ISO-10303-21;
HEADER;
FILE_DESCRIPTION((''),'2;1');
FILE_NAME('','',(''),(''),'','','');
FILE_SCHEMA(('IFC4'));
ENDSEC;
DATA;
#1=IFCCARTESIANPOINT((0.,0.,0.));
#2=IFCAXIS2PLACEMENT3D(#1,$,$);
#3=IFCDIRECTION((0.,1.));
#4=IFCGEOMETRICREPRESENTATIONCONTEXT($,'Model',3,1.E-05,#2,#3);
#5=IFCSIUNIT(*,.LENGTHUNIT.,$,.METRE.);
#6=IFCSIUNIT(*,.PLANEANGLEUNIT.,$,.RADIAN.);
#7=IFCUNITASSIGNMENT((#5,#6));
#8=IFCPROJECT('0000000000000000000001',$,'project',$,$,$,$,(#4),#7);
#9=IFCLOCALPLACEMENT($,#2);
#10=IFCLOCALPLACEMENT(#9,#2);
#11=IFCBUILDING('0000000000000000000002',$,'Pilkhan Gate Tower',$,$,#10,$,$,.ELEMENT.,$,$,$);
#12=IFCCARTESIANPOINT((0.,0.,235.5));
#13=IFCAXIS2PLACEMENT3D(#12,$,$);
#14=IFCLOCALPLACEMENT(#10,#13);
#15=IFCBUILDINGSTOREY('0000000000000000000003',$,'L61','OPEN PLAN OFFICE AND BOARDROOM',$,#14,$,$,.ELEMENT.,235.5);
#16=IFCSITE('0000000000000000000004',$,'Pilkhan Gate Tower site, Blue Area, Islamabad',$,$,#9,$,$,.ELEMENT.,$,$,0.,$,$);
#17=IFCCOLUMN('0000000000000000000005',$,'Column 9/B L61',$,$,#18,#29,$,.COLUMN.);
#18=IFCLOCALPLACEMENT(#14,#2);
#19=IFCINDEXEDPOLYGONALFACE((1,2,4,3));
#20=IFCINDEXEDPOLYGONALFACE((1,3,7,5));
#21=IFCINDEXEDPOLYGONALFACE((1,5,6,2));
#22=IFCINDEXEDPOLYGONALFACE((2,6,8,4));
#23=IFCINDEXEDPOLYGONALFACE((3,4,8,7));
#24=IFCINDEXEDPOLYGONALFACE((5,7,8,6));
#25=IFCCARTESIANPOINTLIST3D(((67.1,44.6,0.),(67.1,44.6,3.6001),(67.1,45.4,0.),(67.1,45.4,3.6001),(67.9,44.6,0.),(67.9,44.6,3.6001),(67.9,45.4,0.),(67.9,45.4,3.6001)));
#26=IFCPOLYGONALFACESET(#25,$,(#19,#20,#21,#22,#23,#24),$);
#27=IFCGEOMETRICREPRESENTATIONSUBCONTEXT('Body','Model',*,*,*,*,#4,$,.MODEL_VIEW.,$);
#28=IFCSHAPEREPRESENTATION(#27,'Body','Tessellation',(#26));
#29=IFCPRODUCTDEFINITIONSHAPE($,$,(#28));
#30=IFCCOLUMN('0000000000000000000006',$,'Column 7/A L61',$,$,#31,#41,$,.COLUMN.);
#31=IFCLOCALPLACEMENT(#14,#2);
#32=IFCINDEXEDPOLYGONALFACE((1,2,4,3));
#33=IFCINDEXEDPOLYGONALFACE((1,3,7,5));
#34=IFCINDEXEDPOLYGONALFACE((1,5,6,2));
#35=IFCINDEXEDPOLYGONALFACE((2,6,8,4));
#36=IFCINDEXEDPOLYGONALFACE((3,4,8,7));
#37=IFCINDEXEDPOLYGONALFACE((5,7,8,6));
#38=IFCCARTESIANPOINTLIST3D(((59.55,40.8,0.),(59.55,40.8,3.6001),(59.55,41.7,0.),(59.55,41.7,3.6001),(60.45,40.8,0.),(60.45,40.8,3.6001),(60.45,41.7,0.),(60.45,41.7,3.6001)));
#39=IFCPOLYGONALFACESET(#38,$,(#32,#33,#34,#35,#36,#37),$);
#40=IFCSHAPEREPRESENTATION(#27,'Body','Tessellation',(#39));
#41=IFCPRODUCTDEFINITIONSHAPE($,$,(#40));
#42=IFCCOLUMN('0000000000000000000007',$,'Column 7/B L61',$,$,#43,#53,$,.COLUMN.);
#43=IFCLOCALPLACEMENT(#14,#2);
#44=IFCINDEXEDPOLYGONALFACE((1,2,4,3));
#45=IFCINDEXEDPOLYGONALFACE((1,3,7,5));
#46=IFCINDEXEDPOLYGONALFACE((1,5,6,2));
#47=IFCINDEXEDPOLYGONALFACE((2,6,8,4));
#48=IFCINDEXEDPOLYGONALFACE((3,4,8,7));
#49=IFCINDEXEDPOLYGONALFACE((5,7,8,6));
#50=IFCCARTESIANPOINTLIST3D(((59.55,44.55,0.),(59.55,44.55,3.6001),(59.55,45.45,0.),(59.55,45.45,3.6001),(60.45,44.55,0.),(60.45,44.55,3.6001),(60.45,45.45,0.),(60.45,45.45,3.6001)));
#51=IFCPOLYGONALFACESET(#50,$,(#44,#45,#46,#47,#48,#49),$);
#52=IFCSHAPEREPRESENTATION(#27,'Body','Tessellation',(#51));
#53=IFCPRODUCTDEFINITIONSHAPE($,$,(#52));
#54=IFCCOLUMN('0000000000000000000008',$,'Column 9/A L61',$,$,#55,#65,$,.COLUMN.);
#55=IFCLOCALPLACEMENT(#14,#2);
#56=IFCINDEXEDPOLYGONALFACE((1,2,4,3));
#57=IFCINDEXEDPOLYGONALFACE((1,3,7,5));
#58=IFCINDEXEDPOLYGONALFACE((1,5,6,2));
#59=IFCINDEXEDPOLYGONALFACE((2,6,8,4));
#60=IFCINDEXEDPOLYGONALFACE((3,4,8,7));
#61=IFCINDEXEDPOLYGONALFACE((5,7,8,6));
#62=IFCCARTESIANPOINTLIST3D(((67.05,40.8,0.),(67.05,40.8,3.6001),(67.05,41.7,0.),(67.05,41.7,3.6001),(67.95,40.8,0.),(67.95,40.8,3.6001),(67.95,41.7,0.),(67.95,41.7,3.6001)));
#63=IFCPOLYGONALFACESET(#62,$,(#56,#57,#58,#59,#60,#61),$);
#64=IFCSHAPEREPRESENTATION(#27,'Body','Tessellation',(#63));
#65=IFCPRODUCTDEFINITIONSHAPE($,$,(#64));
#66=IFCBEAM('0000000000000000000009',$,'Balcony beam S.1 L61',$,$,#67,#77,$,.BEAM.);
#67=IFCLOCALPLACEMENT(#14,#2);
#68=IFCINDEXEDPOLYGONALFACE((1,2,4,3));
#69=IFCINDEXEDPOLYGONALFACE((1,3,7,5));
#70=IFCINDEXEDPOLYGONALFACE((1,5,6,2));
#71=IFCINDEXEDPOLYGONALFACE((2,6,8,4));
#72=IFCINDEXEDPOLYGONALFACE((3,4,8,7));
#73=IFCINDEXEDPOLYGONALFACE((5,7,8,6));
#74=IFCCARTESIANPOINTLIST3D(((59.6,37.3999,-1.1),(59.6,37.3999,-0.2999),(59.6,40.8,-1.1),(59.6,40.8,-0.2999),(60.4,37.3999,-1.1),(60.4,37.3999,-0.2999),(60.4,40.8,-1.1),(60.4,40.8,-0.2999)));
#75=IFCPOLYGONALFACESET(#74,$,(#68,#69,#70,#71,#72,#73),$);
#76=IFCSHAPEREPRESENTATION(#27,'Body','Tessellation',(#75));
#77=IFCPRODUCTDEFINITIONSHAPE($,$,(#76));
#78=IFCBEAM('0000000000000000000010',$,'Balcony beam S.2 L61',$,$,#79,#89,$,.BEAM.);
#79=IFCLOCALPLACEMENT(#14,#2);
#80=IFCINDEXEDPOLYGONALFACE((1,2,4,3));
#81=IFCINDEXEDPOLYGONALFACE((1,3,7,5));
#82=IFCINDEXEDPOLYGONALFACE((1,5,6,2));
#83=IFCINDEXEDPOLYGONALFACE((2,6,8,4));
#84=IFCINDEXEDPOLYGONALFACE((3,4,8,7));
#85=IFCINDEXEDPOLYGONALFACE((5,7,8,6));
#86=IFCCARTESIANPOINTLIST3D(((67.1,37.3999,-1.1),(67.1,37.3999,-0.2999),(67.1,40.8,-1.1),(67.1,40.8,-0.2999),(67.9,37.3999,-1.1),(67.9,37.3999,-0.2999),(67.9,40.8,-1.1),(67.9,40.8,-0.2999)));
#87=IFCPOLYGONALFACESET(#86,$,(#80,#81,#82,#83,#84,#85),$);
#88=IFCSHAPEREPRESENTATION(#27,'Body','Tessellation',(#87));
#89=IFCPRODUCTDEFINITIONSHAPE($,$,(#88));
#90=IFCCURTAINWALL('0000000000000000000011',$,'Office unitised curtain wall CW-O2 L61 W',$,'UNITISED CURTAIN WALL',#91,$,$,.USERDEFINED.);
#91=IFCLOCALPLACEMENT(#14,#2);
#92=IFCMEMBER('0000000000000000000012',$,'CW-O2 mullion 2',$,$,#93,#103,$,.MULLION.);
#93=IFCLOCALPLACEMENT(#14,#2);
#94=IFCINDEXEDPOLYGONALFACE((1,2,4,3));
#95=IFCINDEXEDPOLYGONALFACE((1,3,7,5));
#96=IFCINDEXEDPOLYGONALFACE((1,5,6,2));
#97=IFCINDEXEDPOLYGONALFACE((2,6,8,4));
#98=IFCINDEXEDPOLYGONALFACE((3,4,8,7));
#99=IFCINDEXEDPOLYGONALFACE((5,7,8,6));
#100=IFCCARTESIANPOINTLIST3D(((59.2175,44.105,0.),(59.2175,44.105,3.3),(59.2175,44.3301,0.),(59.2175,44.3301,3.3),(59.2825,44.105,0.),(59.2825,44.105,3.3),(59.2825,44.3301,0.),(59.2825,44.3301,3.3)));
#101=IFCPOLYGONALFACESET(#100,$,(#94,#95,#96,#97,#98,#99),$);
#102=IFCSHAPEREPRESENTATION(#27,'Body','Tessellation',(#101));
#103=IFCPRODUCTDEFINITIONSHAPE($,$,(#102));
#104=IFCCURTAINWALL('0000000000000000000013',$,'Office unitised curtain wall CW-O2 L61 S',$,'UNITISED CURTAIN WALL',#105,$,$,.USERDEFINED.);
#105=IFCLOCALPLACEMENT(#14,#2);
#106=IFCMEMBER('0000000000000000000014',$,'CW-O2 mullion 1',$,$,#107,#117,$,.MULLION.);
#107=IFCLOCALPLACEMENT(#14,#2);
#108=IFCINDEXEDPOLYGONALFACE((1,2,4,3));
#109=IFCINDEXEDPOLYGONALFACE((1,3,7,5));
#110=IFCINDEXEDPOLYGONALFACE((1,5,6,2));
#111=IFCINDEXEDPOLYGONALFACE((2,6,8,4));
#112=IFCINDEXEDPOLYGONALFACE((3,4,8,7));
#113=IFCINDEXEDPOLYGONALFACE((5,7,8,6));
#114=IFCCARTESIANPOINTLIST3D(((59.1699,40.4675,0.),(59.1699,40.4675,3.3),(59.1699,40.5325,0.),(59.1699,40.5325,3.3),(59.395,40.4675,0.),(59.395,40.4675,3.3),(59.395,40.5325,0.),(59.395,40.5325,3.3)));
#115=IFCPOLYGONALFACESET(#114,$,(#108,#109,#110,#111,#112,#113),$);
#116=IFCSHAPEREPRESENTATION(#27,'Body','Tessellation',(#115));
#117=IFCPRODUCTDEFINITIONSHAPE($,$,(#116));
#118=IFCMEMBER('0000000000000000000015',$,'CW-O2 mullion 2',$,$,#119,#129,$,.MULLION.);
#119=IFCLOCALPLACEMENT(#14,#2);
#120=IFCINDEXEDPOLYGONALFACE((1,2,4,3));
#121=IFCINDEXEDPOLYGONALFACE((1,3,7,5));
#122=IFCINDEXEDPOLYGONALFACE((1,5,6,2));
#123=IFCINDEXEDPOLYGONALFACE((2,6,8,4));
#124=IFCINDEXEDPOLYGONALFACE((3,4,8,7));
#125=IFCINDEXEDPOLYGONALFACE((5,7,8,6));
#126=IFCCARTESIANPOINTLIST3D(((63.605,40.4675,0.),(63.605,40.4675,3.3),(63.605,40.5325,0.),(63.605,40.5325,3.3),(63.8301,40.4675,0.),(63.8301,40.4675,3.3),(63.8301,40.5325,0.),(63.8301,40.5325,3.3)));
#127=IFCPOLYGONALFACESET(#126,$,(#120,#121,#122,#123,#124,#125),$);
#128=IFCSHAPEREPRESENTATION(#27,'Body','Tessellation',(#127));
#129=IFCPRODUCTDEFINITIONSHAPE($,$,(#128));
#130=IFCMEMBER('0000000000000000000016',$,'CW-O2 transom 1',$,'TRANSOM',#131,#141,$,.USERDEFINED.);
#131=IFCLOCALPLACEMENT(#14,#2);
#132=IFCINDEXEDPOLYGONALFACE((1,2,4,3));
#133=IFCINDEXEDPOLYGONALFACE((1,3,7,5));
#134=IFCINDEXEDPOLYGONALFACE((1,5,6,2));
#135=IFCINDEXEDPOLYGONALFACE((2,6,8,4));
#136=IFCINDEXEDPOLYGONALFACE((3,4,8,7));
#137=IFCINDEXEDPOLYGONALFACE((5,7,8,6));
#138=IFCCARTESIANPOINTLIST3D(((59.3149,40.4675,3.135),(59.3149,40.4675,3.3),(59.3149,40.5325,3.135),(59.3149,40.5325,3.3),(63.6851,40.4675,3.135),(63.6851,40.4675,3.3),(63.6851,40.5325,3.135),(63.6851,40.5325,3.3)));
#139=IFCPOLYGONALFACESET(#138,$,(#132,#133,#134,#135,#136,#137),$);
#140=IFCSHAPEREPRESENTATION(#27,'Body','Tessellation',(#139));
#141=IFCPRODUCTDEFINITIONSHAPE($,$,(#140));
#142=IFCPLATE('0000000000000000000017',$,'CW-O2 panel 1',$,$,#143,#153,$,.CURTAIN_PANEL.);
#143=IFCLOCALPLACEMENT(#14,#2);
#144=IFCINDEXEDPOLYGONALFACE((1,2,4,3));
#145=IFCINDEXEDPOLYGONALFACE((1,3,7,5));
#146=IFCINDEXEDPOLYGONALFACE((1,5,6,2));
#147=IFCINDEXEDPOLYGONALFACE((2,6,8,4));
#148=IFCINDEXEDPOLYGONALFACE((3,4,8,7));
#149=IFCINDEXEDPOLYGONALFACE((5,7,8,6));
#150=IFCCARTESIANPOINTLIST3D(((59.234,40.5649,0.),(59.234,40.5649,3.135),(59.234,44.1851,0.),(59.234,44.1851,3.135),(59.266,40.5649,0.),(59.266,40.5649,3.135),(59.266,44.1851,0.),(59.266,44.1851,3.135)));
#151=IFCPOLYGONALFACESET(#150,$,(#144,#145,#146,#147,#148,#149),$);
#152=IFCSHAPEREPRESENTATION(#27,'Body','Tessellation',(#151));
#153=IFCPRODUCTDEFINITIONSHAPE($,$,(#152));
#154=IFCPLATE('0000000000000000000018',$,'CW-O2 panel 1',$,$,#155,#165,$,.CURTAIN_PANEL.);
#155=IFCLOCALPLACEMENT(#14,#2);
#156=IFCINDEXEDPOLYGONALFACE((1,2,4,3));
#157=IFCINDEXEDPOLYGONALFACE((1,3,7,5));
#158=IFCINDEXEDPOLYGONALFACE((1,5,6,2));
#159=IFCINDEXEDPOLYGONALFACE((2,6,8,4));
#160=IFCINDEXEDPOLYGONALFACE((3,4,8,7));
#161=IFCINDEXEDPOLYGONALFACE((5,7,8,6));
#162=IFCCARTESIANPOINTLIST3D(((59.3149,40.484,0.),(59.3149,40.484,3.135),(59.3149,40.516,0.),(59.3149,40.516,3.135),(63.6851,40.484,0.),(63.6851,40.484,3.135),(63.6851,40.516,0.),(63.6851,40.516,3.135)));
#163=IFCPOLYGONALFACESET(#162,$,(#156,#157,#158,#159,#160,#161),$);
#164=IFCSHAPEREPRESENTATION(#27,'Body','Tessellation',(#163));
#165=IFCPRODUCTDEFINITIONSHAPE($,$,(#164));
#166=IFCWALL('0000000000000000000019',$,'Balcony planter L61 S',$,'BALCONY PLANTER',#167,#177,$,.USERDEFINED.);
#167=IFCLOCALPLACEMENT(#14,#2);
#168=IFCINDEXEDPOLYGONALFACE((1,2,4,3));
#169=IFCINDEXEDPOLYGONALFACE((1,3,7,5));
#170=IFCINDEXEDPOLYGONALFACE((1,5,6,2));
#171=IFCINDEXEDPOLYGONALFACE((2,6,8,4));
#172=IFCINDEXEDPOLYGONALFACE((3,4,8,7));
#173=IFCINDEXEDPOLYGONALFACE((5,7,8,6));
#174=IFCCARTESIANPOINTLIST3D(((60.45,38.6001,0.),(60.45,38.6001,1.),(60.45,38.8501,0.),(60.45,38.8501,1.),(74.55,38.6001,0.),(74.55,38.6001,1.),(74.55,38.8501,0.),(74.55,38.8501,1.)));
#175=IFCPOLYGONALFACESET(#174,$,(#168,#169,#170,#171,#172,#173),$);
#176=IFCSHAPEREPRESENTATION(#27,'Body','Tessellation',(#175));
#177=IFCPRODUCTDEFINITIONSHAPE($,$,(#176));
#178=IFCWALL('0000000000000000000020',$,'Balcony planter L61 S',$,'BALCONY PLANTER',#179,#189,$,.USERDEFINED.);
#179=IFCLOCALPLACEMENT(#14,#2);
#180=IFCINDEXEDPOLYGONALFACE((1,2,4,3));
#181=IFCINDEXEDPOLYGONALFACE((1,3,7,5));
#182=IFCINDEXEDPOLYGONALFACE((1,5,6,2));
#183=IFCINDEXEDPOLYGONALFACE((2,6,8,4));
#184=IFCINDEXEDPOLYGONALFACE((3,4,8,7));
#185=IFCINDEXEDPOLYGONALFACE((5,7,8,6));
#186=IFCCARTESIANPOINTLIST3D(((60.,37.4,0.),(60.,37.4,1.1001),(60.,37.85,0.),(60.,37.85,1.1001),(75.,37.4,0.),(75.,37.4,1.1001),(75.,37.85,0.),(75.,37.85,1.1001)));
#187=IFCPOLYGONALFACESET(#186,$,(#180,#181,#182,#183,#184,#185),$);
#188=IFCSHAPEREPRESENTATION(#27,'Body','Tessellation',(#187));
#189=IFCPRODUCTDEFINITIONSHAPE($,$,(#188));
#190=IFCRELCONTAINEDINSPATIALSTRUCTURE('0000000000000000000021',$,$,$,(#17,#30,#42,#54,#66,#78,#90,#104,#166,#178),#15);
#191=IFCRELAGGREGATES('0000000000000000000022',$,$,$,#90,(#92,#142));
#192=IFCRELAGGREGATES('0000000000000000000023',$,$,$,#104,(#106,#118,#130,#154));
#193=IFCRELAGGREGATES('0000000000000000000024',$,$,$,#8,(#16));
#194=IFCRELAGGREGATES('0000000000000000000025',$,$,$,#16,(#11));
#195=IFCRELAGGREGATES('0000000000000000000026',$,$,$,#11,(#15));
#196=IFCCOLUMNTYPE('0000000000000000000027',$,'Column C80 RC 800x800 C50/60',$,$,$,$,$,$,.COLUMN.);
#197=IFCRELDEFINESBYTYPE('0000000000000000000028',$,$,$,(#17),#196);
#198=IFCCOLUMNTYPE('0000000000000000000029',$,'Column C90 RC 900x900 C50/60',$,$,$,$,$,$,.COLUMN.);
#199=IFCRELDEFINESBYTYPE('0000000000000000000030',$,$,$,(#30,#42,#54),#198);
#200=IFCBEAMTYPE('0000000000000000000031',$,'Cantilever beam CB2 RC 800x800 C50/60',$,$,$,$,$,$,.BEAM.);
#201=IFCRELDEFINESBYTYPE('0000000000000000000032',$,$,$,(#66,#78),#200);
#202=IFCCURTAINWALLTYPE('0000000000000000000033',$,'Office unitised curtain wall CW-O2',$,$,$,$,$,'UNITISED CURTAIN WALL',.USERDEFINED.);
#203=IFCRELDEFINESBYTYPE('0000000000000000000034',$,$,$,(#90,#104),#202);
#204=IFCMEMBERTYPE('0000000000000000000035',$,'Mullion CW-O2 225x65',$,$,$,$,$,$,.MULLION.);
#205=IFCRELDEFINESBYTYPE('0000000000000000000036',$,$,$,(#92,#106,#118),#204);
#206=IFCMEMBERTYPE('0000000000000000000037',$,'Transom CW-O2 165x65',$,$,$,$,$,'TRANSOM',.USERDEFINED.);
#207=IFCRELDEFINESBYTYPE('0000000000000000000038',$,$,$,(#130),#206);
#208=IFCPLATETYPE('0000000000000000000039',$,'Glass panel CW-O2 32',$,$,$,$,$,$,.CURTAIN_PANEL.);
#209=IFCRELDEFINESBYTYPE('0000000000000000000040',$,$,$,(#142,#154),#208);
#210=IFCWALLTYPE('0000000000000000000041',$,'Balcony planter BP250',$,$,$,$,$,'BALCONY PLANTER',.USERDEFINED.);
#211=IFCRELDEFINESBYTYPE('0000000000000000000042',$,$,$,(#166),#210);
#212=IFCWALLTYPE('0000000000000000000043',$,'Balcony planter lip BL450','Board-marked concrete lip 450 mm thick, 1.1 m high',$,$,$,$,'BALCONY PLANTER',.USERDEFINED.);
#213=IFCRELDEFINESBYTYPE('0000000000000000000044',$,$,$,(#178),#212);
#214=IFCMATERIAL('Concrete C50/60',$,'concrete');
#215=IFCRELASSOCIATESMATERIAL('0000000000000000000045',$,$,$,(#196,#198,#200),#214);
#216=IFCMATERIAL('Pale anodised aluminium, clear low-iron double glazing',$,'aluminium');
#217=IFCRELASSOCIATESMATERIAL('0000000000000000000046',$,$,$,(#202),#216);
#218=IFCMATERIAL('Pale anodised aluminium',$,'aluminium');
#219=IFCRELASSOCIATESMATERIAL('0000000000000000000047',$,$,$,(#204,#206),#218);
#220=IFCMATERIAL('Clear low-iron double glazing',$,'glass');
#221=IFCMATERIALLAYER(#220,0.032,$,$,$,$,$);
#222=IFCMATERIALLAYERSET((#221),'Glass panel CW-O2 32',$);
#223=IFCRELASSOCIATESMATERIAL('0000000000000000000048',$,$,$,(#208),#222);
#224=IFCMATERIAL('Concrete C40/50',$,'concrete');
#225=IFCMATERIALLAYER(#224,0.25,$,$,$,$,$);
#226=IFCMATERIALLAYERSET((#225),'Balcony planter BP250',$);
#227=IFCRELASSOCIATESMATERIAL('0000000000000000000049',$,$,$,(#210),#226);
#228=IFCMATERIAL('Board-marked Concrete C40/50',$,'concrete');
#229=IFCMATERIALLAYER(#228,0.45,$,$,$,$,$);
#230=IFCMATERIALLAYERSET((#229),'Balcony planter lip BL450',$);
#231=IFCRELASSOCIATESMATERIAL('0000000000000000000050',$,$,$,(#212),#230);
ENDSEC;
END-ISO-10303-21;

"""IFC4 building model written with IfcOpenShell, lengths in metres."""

from ifc_helpers import new_model, si_unit, direction, frame, frame_2d, origin, origin_2d, place, context, subcontext, project, spatial, rectangle, extrude, material, layer, layer_set, material_profile, profile_set, type_object, element, aggregate, save


model = new_model("IFC4")

# Units and contexts
model_context = context("Model", 3, precision=1e-05, world=origin(), true_north=direction((0.0, 1.0)))
body_context = subcontext(model_context, "Body", "Model", "MODEL_VIEW")
ifc_project = project(units=[si_unit("LENGTHUNIT", "METRE"), si_unit("PLANEANGLEUNIT", "RADIAN")], contexts=[model_context])

# Site, building, storey
site_placement = place(None, origin())
site = spatial("IfcSite", under=ifc_project, at=site_placement, Name="Pilkhan Gate Tower site, Blue Area, Islamabad", CompositionType="ELEMENT", RefElevation=0.0)
building_placement = place(site_placement, origin())
building = spatial("IfcBuilding", under=site, at=building_placement, Name="Pilkhan Gate Tower", CompositionType="ELEMENT")
storey_placement = place(building_placement, frame((0.0, 0.0, 235.5)))
storey = spatial("IfcBuildingStorey", under=building, at=storey_placement, Name="L61", Description="OPEN PLAN OFFICE AND BOARDROOM", CompositionType="ELEMENT", Elevation=235.5)

# Columns
ifc_material_1 = material(Name="Concrete C50/60", Category="concrete")
ifc_material_profile_1 = material_profile(ifc_material_1, rectangle(XDim=0.8, YDim=0.8, at=origin_2d()), Name="RC 800x800")
ifc_profile_set_1 = profile_set([ifc_material_profile_1], Name="Concrete C50/60")
column_type_1 = type_object("IfcColumnType", Name="Column C80 RC 800x800 C50/60", PredefinedType="COLUMN", material=ifc_profile_set_1)
column_placement = place(storey_placement, frame((67.5, 45.0, 0.0), z_axis=(0.0, 0.0, 1.0), x_axis=(1.0, 0.0, 0.0)))
element("IfcColumn", 1, at=column_placement, inside=storey, type_object=column_type_1, Name="Column 9/B L61", PredefinedType="COLUMN", context=body_context, shape_type="SweptSolid", body=[
    extrude(rectangle(XDim=0.8, YDim=0.8, at=origin_2d()), origin(), (0.0, 0.0, 1.0), 3.6001),
])
ifc_material_profile_2 = material_profile(ifc_material_1, rectangle(XDim=0.8999, YDim=0.8999, at=origin_2d()), Name="RC 900x900")
ifc_profile_set_2 = profile_set([ifc_material_profile_2], Name="Concrete C50/60")
column_type_2 = type_object("IfcColumnType", Name="Column C90 RC 900x900 C50/60", PredefinedType="COLUMN", material=ifc_profile_set_2)
for number, where, z_axis, x_axis, name in (
    (2, (60.0, 41.25, 0.0), (0.0, 0.0, 1.0), (1.0, 0.0, 0.0), "Column 7/A L61"),
    (3, (60.0, 45.0, 0.0), (0.0, 0.0, 1.0), (1.0, 0.0, 0.0), "Column 7/B L61"),
    (4, (67.5, 41.25, 0.0), (0.0, 0.0, 1.0), (1.0, 0.0, 0.0), "Column 9/A L61"),
):
    element("IfcColumn", number, at=place(storey_placement, frame(where, z_axis=z_axis, x_axis=x_axis)), inside=storey, type_object=column_type_2, Name=name, PredefinedType="COLUMN", context=body_context, shape_type="SweptSolid", body=[
        extrude(rectangle(XDim=0.8999, YDim=0.8999, at=origin_2d()), origin(), (0.0, 0.0, 1.0), 3.6001),
    ])

# Beams
ifc_material_profile_3 = material_profile(ifc_material_1, rectangle(XDim=0.8, YDim=0.8, at=origin_2d()), Name="RC 800x800")
ifc_profile_set_3 = profile_set([ifc_material_profile_3], Name="Concrete C50/60")
beam_type = type_object("IfcBeamType", Name="Cantilever beam CB2 RC 800x800 C50/60", PredefinedType="BEAM", material=ifc_profile_set_3)
for number, where, z_axis, x_axis, name in (
    (5, (60.0, 40.8, -0.7), (0.0, -1.0, 0.0), (1.0, 0.0, 0.0), "Balcony beam S.1 L61"),
    (6, (67.5, 40.8, -0.7), (0.0, -1.0, 0.0), (1.0, 0.0, 0.0), "Balcony beam S.2 L61"),
):
    element("IfcBeam", number, at=place(storey_placement, frame(where, z_axis=z_axis, x_axis=x_axis)), inside=storey, type_object=beam_type, Name=name, PredefinedType="BEAM", context=body_context, shape_type="SweptSolid", body=[
        extrude(rectangle(XDim=0.8, YDim=0.8, at=origin_2d()), origin(), (0.0, 0.0, 1.0), 3.4001),
    ])

# Curtain wall, member
ifc_material_2 = material(Name="Pale anodised aluminium, clear low-iron double glazing", Category="aluminium")
curtain_wall_type = type_object("IfcCurtainWallType", Name="Office unitised curtain wall CW-O2", ElementType="UNITISED CURTAIN WALL", PredefinedType="USERDEFINED", material=ifc_material_2)
curtain_wall_1_placement = place(storey_placement, origin())
curtain_wall_1 = element("IfcCurtainWall", 7, at=curtain_wall_1_placement, inside=storey, type_object=curtain_wall_type, Name="Office unitised curtain wall CW-O2 L61 W", ObjectType="UNITISED CURTAIN WALL", PredefinedType="USERDEFINED")
ifc_material_3 = material(Name="Pale anodised aluminium", Category="aluminium")
ifc_material_profile_4 = material_profile(ifc_material_3, rectangle(XDim=0.0649, YDim=0.2251, at=origin_2d()), Name="Mullion 225x65")
ifc_profile_set_4 = profile_set([ifc_material_profile_4], Name="Pale anodised aluminium")
member_type_1 = type_object("IfcMemberType", Name="Mullion CW-O2 225x65", PredefinedType="MULLION", material=ifc_profile_set_4)
member_1_placement = place(storey_placement, frame((59.25, 44.2175, 0.0), z_axis=(0.0, 0.0, 1.0), x_axis=(-1.0, 0.0, 0.0)))
member_1 = element("IfcMember", 8, at=member_1_placement, type_object=member_type_1, Name="CW-O2 mullion 2", PredefinedType="MULLION", context=body_context, shape_type="SweptSolid", body=[
    extrude(rectangle(XDim=0.0649, YDim=0.2251, at=origin_2d()), origin(), (0.0, 0.0, 1.0), 3.3),
])

# Curtain wall, members
curtain_wall_2_placement = place(storey_placement, origin())
curtain_wall_2 = element("IfcCurtainWall", 9, at=curtain_wall_2_placement, inside=storey, type_object=curtain_wall_type, Name="Office unitised curtain wall CW-O2 L61 S", ObjectType="UNITISED CURTAIN WALL", PredefinedType="USERDEFINED")
member_2_placement = place(storey_placement, frame((59.2825, 40.5, 0.0), z_axis=(0.0, 0.0, 1.0), x_axis=(0.0, 1.0, 0.0)))
member_2 = element("IfcMember", 10, at=member_2_placement, type_object=member_type_1, Name="CW-O2 mullion 1", PredefinedType="MULLION", context=body_context, shape_type="SweptSolid", body=[
    extrude(rectangle(XDim=0.0649, YDim=0.2251, at=origin_2d()), origin(), (0.0, 0.0, 1.0), 3.3),
])
member_3_placement = place(storey_placement, frame((63.7175, 40.5, 0.0), z_axis=(0.0, 0.0, 1.0), x_axis=(0.0, 1.0, 0.0)))
member_3 = element("IfcMember", 11, at=member_3_placement, type_object=member_type_1, Name="CW-O2 mullion 2", PredefinedType="MULLION", context=body_context, shape_type="SweptSolid", body=[
    extrude(rectangle(XDim=0.0649, YDim=0.2251, at=origin_2d()), origin(), (0.0, 0.0, 1.0), 3.3),
])
ifc_material_profile_5 = material_profile(ifc_material_3, rectangle(XDim=0.0649, YDim=0.165, at=origin_2d()), Name="Transom 165x65")
ifc_profile_set_5 = profile_set([ifc_material_profile_5], Name="Pale anodised aluminium")
member_type_2 = type_object("IfcMemberType", Name="Transom CW-O2 165x65", ElementType="TRANSOM", PredefinedType="USERDEFINED", material=ifc_profile_set_5)
member_4_placement = place(storey_placement, frame((59.3149, 40.5, 3.2175), z_axis=(1.0, 0.0, 0.0), x_axis=(0.0, 1.0, 0.0)))
member_4 = element("IfcMember", 12, at=member_4_placement, type_object=member_type_2, Name="CW-O2 transom 1", ObjectType="TRANSOM", PredefinedType="USERDEFINED", context=body_context, shape_type="SweptSolid", body=[
    extrude(rectangle(XDim=0.0649, YDim=0.165, at=origin_2d()), origin(), (0.0, 0.0, 1.0), 4.3701),
])

# Plates
ifc_material_4 = material(Name="Clear low-iron double glazing", Category="glass")
ifc_layer_1 = layer(ifc_material_4, 0.032)
ifc_layer_set_1 = layer_set([ifc_layer_1], Name="Glass panel CW-O2 32")
plate_type = type_object("IfcPlateType", Name="Glass panel CW-O2 32", PredefinedType="CURTAIN_PANEL", material=ifc_layer_set_1)
plate_1_placement = place(storey_placement, frame((59.25, 42.375, 0.0), z_axis=(0.0, 0.0, 1.0), x_axis=(0.0, 1.0, 0.0)))
plate_1 = element("IfcPlate", 13, at=plate_1_placement, type_object=plate_type, Name="CW-O2 panel 1", PredefinedType="CURTAIN_PANEL", context=body_context, shape_type="SweptSolid", body=[
    extrude(rectangle(XDim=3.6201, YDim=0.032, at=origin_2d()), origin(), (0.0, 0.0, 1.0), 3.135),
])
aggregate(curtain_wall_1, [member_1, plate_1])
plate_2_placement = place(storey_placement, frame((61.5, 40.5, 0.0), z_axis=(0.0, 0.0, 1.0), x_axis=(1.0, 0.0, 0.0)))
plate_2 = element("IfcPlate", 14, at=plate_2_placement, type_object=plate_type, Name="CW-O2 panel 1", PredefinedType="CURTAIN_PANEL", context=body_context, shape_type="SweptSolid", body=[
    extrude(rectangle(XDim=4.3701, YDim=0.032, at=origin_2d()), origin(), (0.0, 0.0, 1.0), 3.135),
])
aggregate(curtain_wall_2, [member_2, member_3, member_4, plate_2])

# Walls
ifc_material_5 = material(Name="Concrete C40/50", Category="concrete")
ifc_layer_2 = layer(ifc_material_5, 0.25)
ifc_layer_set_2 = layer_set([ifc_layer_2], Name="Balcony planter BP250")
wall_type_1 = type_object("IfcWallType", Name="Balcony planter BP250", ElementType="BALCONY PLANTER", PredefinedType="USERDEFINED", material=ifc_layer_set_2)
wall_1_placement = place(storey_placement, frame((60.45, 38.7251, 0.0), z_axis=(0.0, 0.0, 1.0), x_axis=(1.0, 0.0, 0.0)))
element("IfcWall", 15, at=wall_1_placement, inside=storey, type_object=wall_type_1, Name="Balcony planter L61 S", ObjectType="BALCONY PLANTER", PredefinedType="USERDEFINED", context=body_context, shape_type="SweptSolid", body=[
    extrude(rectangle(XDim=14.1001, YDim=0.25, at=frame_2d((7.05, 0.0))), origin(), (0.0, 0.0, 1.0), 1.0),
])
ifc_material_6 = material(Name="Board-marked Concrete C40/50", Category="concrete")
ifc_layer_3 = layer(ifc_material_6, 0.45)
ifc_layer_set_3 = layer_set([ifc_layer_3], Name="Balcony planter lip BL450")
wall_type_2 = type_object("IfcWallType", Name="Balcony planter lip BL450", Description="Board-marked concrete lip 450 mm thick, 1.1 m high", ElementType="BALCONY PLANTER", PredefinedType="USERDEFINED", material=ifc_layer_set_3)
wall_2_placement = place(storey_placement, frame((60.0, 37.625, 0.0), z_axis=(0.0, 0.0, 1.0), x_axis=(1.0, 0.0, 0.0)))
element("IfcWall", 16, at=wall_2_placement, inside=storey, type_object=wall_type_2, Name="Balcony planter L61 S", ObjectType="BALCONY PLANTER", PredefinedType="USERDEFINED", context=body_context, shape_type="SweptSolid", body=[
    extrude(rectangle(XDim=15.0, YDim=0.45, at=frame_2d((7.5, 0.0))), origin(), (0.0, 0.0, 1.0), 1.1001),
])

save(model, "model.ifc")
